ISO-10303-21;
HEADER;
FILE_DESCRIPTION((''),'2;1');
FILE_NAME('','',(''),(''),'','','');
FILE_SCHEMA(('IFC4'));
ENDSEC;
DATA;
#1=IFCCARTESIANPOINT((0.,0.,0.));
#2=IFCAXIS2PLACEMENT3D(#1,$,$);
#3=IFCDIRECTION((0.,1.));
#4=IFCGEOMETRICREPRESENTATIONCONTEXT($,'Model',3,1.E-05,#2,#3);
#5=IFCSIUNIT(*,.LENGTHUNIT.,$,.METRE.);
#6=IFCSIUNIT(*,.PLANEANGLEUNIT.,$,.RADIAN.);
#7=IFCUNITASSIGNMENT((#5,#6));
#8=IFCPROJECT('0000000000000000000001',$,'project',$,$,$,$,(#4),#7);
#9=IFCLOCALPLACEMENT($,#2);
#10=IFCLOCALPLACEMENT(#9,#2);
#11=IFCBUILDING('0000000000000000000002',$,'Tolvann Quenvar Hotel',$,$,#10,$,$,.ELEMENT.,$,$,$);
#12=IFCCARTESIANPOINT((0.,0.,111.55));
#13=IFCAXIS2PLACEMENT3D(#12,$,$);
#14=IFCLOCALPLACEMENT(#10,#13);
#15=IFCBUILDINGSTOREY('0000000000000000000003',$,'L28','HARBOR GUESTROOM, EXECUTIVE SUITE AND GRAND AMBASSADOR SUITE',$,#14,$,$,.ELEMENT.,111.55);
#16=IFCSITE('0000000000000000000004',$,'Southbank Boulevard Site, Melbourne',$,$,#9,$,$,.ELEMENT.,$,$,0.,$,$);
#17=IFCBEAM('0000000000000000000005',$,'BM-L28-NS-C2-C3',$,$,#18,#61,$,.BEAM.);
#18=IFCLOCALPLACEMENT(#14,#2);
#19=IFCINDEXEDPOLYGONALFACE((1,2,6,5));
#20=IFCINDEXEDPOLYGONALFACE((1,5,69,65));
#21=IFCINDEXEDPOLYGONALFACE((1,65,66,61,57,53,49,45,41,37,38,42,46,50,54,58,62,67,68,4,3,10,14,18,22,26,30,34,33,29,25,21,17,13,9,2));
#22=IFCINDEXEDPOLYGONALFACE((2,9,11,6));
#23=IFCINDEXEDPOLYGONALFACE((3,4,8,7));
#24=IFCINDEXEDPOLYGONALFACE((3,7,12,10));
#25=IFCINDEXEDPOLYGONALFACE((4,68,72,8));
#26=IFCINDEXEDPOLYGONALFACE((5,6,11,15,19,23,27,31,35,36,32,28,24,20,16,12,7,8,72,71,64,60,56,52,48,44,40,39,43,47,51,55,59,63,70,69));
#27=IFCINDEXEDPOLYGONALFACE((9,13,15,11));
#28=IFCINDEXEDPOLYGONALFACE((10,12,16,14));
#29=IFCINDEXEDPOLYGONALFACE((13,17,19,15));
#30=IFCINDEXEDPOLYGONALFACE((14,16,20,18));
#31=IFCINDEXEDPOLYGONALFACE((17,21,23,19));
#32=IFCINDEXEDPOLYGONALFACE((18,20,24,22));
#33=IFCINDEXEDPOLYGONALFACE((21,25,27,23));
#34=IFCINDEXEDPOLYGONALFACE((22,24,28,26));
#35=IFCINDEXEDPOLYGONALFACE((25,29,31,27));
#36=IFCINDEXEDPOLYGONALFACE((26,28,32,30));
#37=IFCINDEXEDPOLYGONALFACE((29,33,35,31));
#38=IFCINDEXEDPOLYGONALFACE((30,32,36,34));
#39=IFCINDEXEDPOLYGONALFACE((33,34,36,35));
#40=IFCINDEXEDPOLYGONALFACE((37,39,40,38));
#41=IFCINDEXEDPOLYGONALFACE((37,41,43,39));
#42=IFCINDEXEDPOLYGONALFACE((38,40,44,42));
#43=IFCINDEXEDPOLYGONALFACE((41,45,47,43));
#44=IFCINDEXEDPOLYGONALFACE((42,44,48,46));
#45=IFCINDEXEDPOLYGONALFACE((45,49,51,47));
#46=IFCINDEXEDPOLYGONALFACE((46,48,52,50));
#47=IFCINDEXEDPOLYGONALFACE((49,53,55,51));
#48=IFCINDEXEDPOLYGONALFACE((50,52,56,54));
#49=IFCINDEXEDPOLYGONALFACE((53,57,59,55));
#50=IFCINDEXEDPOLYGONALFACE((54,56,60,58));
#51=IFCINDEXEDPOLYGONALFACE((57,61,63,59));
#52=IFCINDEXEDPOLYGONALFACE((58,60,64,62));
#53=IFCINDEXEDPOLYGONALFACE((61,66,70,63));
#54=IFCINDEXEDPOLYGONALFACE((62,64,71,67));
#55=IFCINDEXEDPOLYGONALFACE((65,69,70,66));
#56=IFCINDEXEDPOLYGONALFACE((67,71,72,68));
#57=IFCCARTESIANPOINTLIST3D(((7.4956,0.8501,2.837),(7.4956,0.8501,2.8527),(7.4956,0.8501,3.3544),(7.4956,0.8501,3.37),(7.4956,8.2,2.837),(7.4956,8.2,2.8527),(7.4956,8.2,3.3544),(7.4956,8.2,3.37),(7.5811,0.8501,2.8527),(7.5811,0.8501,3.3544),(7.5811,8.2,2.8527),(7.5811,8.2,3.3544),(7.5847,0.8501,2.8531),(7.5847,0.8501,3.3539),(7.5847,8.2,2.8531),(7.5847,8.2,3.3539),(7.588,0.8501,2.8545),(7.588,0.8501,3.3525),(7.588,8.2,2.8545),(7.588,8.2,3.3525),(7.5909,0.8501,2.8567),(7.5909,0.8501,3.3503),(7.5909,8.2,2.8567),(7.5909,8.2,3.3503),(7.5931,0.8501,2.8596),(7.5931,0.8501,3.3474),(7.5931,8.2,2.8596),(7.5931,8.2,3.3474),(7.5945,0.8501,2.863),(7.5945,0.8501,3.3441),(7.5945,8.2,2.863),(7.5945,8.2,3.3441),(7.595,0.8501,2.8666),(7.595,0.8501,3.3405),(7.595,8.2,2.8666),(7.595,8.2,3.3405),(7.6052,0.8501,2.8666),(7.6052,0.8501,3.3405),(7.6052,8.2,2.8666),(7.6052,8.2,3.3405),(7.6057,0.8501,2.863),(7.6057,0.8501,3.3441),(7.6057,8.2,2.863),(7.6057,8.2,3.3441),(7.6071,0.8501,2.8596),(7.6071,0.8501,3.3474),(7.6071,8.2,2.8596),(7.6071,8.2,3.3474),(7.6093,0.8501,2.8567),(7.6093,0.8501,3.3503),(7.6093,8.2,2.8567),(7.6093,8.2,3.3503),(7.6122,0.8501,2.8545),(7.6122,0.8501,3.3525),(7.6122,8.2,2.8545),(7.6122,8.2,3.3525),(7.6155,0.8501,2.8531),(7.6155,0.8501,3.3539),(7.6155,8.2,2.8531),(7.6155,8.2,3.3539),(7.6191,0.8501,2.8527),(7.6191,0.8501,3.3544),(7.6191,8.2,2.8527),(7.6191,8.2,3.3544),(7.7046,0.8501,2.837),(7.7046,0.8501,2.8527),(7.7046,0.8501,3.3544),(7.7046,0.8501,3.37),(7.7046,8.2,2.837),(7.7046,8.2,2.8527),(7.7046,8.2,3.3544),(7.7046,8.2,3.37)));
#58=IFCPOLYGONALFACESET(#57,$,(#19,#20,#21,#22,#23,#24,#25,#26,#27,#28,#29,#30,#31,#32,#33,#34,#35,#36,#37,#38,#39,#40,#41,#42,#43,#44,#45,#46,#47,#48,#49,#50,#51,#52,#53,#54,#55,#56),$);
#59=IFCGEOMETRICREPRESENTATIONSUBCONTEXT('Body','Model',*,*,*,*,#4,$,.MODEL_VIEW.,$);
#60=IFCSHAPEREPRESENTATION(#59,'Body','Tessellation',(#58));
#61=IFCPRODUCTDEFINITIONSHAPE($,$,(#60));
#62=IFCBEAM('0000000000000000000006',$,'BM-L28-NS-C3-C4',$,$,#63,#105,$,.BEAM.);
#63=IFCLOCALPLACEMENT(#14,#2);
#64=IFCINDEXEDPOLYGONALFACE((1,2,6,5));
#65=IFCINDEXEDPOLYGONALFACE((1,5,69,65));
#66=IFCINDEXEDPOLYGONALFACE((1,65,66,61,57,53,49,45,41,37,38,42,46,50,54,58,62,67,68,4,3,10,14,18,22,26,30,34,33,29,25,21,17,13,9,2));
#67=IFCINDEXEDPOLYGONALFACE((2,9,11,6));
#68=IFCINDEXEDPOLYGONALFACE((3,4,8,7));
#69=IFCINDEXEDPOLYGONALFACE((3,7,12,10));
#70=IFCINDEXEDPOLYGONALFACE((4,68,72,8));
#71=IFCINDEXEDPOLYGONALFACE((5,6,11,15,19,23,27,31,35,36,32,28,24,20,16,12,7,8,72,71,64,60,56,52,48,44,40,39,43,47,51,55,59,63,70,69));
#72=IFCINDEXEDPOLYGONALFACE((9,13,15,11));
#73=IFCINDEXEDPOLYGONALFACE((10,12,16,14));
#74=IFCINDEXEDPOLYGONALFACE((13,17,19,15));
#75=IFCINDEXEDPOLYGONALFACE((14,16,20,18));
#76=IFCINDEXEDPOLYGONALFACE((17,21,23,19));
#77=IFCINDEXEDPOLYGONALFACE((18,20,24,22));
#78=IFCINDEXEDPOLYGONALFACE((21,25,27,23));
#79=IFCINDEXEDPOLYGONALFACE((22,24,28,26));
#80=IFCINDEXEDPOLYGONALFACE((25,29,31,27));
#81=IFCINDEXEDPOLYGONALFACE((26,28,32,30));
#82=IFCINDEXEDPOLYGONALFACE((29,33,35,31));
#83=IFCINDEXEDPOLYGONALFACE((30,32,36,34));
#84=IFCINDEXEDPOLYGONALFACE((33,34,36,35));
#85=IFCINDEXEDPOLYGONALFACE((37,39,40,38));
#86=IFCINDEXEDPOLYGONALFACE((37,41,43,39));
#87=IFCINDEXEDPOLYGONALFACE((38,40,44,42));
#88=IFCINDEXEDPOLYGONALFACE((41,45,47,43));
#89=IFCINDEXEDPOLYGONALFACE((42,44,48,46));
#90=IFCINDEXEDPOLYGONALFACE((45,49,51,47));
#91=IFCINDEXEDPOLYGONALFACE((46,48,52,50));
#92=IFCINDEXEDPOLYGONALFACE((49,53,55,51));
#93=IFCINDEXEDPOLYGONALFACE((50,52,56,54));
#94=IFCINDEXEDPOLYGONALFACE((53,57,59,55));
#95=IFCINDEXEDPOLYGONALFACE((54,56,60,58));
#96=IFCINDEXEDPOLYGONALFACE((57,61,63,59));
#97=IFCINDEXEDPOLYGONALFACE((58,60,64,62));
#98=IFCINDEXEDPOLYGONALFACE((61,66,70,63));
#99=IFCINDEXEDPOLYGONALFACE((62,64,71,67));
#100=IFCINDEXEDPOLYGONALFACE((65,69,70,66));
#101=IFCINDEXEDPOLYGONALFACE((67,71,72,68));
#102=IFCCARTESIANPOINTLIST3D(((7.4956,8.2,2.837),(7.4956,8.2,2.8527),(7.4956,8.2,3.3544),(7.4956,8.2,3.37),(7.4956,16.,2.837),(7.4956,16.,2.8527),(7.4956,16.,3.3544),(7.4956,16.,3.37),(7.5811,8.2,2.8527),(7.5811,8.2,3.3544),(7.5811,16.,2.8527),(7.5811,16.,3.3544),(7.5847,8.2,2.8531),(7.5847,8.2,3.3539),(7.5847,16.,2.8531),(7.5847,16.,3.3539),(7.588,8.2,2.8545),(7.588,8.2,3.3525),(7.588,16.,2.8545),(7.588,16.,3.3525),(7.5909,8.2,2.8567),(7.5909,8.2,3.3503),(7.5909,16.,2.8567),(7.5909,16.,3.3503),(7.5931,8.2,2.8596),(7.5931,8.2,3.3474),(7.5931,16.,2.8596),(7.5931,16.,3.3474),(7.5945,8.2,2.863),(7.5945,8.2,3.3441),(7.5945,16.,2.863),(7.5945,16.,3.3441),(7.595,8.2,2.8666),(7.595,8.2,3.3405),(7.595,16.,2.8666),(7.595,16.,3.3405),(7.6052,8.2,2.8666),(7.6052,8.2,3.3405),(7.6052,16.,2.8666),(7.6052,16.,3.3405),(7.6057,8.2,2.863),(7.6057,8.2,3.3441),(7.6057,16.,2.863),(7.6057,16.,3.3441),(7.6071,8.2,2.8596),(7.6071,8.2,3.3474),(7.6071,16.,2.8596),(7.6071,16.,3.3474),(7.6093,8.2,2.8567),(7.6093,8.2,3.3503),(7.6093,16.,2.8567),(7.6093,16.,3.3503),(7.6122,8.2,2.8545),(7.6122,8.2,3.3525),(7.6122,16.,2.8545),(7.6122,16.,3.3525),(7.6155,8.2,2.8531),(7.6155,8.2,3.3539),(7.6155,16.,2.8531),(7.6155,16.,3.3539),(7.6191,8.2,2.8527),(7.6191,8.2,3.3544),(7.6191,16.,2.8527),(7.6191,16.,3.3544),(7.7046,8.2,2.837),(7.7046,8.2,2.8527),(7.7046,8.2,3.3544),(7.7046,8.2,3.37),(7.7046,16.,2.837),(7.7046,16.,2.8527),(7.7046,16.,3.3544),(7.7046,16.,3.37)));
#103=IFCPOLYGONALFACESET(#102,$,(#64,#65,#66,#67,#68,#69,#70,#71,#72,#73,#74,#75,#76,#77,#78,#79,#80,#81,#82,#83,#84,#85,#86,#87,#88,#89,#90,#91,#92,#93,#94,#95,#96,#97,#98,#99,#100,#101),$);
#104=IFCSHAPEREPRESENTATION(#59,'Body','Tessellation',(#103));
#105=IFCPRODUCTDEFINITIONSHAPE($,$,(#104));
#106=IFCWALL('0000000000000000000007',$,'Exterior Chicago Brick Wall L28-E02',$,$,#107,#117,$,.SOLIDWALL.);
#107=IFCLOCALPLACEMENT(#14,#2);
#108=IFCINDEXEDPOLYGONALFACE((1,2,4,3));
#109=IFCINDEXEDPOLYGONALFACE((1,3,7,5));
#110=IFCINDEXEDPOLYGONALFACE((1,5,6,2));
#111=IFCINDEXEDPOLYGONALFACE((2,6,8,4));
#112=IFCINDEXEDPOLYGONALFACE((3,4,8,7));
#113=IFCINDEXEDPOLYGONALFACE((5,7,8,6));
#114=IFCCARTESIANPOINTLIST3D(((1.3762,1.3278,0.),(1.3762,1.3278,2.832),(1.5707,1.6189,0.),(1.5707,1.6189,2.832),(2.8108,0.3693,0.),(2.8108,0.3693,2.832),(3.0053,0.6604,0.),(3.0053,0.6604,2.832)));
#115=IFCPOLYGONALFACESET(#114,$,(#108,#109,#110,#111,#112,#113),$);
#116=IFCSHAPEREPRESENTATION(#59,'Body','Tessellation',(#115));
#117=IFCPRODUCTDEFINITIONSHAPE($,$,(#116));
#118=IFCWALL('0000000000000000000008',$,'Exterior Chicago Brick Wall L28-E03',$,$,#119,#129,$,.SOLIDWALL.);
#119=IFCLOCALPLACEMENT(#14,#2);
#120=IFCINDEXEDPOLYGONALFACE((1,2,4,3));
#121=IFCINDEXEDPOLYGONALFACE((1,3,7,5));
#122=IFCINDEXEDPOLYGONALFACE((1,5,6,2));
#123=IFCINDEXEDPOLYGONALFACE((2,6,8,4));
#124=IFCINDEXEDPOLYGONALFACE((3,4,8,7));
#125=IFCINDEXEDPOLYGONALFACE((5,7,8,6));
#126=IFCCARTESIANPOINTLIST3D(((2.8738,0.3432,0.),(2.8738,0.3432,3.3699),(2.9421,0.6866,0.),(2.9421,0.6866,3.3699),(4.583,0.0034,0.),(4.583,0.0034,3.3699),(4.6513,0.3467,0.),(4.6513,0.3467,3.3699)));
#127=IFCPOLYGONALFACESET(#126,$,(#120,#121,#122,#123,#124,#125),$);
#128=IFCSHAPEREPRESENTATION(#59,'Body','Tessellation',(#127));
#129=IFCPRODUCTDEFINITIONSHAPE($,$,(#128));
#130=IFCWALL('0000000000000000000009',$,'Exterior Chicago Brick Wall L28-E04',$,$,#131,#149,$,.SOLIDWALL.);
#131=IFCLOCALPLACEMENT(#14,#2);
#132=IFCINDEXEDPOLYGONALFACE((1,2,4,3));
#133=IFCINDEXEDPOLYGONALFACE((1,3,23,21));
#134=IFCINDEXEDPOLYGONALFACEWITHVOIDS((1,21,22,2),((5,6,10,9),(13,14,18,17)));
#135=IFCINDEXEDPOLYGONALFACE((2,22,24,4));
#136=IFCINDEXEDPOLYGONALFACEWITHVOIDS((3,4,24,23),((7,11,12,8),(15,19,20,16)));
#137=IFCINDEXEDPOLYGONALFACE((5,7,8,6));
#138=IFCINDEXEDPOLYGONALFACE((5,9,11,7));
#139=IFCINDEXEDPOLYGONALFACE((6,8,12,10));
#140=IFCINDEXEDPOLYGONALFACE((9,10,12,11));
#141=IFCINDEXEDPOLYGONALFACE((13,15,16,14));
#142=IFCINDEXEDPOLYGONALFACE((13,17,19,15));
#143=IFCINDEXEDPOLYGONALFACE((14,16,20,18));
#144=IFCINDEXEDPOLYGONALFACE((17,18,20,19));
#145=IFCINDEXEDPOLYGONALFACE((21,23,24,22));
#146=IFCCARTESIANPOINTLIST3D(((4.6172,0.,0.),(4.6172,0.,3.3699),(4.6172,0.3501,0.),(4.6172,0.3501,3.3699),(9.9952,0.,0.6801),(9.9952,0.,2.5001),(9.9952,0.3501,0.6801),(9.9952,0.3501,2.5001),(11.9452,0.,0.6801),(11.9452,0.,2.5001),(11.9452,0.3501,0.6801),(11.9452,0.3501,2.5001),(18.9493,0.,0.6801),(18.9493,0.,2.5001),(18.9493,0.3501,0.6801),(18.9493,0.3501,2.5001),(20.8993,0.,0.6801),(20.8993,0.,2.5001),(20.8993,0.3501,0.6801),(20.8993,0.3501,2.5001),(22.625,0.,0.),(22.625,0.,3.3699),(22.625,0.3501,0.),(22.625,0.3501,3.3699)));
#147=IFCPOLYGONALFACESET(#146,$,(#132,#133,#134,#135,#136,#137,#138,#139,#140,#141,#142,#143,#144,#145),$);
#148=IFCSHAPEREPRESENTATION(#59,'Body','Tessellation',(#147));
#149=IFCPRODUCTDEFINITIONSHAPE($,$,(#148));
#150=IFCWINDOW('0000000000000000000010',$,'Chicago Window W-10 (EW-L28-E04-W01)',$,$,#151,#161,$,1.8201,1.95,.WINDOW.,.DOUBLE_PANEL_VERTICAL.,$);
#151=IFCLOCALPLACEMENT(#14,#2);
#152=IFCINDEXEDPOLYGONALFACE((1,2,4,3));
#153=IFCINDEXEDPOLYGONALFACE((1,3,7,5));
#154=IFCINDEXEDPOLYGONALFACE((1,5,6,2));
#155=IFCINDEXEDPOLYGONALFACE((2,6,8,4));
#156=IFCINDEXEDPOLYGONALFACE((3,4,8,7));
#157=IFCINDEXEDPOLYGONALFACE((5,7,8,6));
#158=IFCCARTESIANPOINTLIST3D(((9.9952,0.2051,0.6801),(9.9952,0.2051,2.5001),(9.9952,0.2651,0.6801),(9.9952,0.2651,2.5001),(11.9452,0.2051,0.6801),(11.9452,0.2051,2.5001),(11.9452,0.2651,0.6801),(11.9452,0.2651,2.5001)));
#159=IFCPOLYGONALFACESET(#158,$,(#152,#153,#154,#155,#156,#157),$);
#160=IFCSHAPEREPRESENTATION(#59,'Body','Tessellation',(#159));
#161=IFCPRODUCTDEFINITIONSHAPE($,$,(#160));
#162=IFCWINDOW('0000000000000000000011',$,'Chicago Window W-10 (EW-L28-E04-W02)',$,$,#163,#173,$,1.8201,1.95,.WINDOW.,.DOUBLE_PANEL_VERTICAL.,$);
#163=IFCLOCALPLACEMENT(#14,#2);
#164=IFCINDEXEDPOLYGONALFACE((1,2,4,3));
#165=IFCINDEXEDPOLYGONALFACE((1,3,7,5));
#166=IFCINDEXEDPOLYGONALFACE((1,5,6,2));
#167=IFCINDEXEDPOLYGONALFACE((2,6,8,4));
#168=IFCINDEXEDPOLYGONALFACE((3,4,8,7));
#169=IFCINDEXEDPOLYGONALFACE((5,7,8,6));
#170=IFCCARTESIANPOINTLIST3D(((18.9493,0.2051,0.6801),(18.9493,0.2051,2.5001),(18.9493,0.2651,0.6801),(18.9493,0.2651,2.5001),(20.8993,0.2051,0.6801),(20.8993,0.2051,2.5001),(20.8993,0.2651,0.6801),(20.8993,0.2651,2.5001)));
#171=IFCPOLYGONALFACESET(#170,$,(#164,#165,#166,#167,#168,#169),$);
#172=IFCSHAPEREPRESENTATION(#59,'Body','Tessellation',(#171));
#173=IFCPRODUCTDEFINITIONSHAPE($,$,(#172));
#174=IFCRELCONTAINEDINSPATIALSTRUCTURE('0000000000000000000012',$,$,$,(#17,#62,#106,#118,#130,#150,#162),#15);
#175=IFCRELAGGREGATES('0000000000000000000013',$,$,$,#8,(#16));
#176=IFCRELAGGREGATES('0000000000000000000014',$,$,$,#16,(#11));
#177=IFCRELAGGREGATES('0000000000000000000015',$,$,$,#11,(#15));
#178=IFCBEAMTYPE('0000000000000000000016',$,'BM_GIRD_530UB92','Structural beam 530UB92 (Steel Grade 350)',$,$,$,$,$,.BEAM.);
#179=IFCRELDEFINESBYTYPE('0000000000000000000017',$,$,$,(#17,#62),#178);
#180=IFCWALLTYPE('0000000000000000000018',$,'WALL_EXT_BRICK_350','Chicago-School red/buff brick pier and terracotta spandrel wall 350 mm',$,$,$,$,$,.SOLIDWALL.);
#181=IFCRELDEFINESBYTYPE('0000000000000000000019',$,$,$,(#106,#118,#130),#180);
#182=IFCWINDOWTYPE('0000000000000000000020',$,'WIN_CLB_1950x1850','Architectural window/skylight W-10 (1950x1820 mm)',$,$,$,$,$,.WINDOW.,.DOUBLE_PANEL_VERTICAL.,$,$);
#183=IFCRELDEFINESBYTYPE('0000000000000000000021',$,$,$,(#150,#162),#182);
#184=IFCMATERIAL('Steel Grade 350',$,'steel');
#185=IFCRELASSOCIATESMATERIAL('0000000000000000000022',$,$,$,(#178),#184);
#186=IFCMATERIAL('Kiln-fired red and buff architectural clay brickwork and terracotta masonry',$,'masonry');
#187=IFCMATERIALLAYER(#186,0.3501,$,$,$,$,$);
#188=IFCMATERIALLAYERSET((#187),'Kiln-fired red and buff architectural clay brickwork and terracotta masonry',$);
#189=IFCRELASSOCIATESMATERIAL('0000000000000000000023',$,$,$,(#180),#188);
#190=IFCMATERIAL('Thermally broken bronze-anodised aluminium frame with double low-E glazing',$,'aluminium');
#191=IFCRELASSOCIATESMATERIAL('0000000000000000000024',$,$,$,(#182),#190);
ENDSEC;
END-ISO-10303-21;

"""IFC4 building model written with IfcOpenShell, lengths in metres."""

from ifc_helpers import new_model, si_unit, direction, frame, frame_2d, origin, origin_2d, place, context, subcontext, project, spatial, rectangle, i_section, extrude, source, transform, mapped, material, layer, layer_set, material_profile, profile_set, type_object, type_shapes, element, fill, save


model = new_model("IFC4")

# Units and contexts
model_context = context("Model", 3, precision=1e-05, world=origin(), true_north=direction((0.0, 1.0)))
body_context = subcontext(model_context, "Body", "Model", "MODEL_VIEW")
ifc_project = project(units=[si_unit("LENGTHUNIT", "METRE"), si_unit("PLANEANGLEUNIT", "RADIAN")], contexts=[model_context])

# Site, building, storey
site_placement = place(None, origin())
site = spatial("IfcSite", under=ifc_project, at=site_placement, Name="Southbank Boulevard Site, Melbourne", CompositionType="ELEMENT", RefElevation=0.0)
building_placement = place(site_placement, origin())
building = spatial("IfcBuilding", under=site, at=building_placement, Name="Tolvann Quenvar Hotel", CompositionType="ELEMENT")
storey_placement = place(building_placement, frame((0.0, 0.0, 111.55)))
storey = spatial("IfcBuildingStorey", under=building, at=storey_placement, Name="L28", Description="HARBOR GUESTROOM, EXECUTIVE SUITE AND GRAND AMBASSADOR SUITE", CompositionType="ELEMENT", Elevation=111.55)

# Shared definitions
ifc_material_1 = material(Name="Steel Grade 350", Category="steel")

# Beams
ifc_material_profile_1 = material_profile(ifc_material_1, i_section(OverallWidth=0.209, OverallDepth=0.533, WebThickness=0.0103, FlangeThickness=0.0156, FilletRadius=0.0139, at=origin_2d()), Name="530UB92")
ifc_profile_set_1 = profile_set([ifc_material_profile_1], Name="Steel Grade 350")
beam_type_1 = type_object("IfcBeamType", Name="BM_GIRD_530UB92", Description="Structural beam 530UB92 (Steel Grade 350)", PredefinedType="BEAM", material=ifc_profile_set_1)
shared_shape_1 = source(origin(), body_context, "Body", "SweptSolid", [
    extrude(i_section(OverallWidth=0.209, OverallDepth=0.533, WebThickness=0.0103, FlangeThickness=0.0156, FilletRadius=0.0139, at=origin_2d()), origin(), (0.0, 0.0, 1.0), 7.3499),
])
beam_1_placement = place(storey_placement, frame((7.6001, 0.8501, 3.1035), z_axis=(0.0, 1.0, 0.0), x_axis=(-1.0, 0.0, 0.0)))
element("IfcBeam", 1, at=beam_1_placement, inside=storey, type_object=beam_type_1, Name="BM-L28-NS-C2-C3", PredefinedType="BEAM", context=body_context, shape_type="MappedRepresentation", body=[
    mapped(shared_shape_1, transform((0.0, 0.0, 0.0), x_axis=(1.0, 0.0, 0.0), y_axis=(0.0, 1.0, 0.0), z_axis=(0.0, 0.0, 1.0), scale=1.0)),
])
shared_shape_2 = source(origin(), body_context, "Body", "SweptSolid", [
    extrude(i_section(OverallWidth=0.209, OverallDepth=0.533, WebThickness=0.0103, FlangeThickness=0.0156, FilletRadius=0.0139, at=origin_2d()), origin(), (0.0, 0.0, 1.0), 7.8),
])
type_shapes(beam_type_1, [shared_shape_1, shared_shape_2])
beam_2_placement = place(storey_placement, frame((7.6001, 8.2, 3.1035), z_axis=(0.0, 1.0, 0.0), x_axis=(-1.0, 0.0, 0.0)))
element("IfcBeam", 2, at=beam_2_placement, inside=storey, type_object=beam_type_1, Name="BM-L28-NS-C3-C4", PredefinedType="BEAM", context=body_context, shape_type="MappedRepresentation", body=[
    mapped(shared_shape_2, transform((0.0, 0.0, 0.0), x_axis=(1.0, 0.0, 0.0), y_axis=(0.0, 1.0, 0.0), z_axis=(0.0, 0.0, 1.0), scale=1.0)),
])

# Walls
ifc_material_2 = material(Name="Kiln-fired red and buff architectural clay brickwork and terracotta masonry", Category="masonry")
ifc_layer_1 = layer(ifc_material_2, 0.3501)
ifc_layer_set_1 = layer_set([ifc_layer_1], Name="Kiln-fired red and buff architectural clay brickwork and terracotta masonry")
wall_type_1 = type_object("IfcWallType", Name="WALL_EXT_BRICK_350", Description="Chicago-School red/buff brick pier and terracotta spandrel wall 350 mm", PredefinedType="SOLIDWALL", material=ifc_layer_set_1)
wall_1_placement = place(storey_placement, frame((1.4734, 1.4734, 0.0), z_axis=(0.0, 0.0, 1.0), x_axis=(0.831484, -0.555549, 0.0)))
element("IfcWall", 3, at=wall_1_placement, inside=storey, type_object=wall_type_1, Name="Exterior Chicago Brick Wall L28-E02", PredefinedType="SOLIDWALL", context=body_context, shape_type="SweptSolid", body=[
    extrude(rectangle(XDim=1.7253, YDim=0.3501, at=frame_2d((0.8628, 0.0))), origin(), (0.0, 0.0, 1.0), 2.832),
])
wall_2_placement = place(storey_placement, frame((2.908, 0.5149, 0.0), z_axis=(0.0, 0.0, 1.0), x_axis=(0.980801, -0.195011, 0.0)))
element("IfcWall", 4, at=wall_2_placement, inside=storey, type_object=wall_type_1, Name="Exterior Chicago Brick Wall L28-E03", PredefinedType="SOLIDWALL", context=body_context, shape_type="SweptSolid", body=[
    extrude(rectangle(XDim=1.7427, YDim=0.3501, at=frame_2d((0.8713, 0.0))), origin(), (0.0, 0.0, 1.0), 3.3699),
])

# Wall, openings, windows
wall_3_placement = place(storey_placement, frame((4.6172, 0.175, 0.0), z_axis=(0.0, 0.0, 1.0), x_axis=(1.0, 0.0, 0.0)))
wall_3 = element("IfcWall", 5, at=wall_3_placement, inside=storey, type_object=wall_type_1, Name="Exterior Chicago Brick Wall L28-E04", PredefinedType="SOLIDWALL", context=body_context, shape_type="SweptSolid", body=[
    extrude(rectangle(XDim=18.0078, YDim=0.3501, at=frame_2d((9.0039, 0.0))), origin(), (0.0, 0.0, 1.0), 3.3699),
])
opening_1_placement = place(wall_3_placement, frame((5.3779, 0.0, 0.6799)))
opening_1 = element("IfcOpeningElement", 6, at=opening_1_placement, cuts=wall_3, PredefinedType="OPENING", context=body_context, shape_type="SweptSolid", body=[
    extrude(rectangle(XDim=1.95, YDim=1.8201, at=frame_2d((0.9751, 0.9102))), frame((0.0, 0.1851, 0.0), z_axis=(0.0, -1.0, 0.0), x_axis=(1.0, 0.0, 0.0)), (0.0, 0.0, 1.0), 0.3701),
])
opening_2_placement = place(wall_3_placement, frame((14.332, 0.0, 0.6799)))
opening_2 = element("IfcOpeningElement", 7, at=opening_2_placement, cuts=wall_3, PredefinedType="OPENING", context=body_context, shape_type="SweptSolid", body=[
    extrude(rectangle(XDim=1.95, YDim=1.8201, at=frame_2d((0.9751, 0.9102))), frame((0.0, 0.1851, 0.0), z_axis=(0.0, -1.0, 0.0), x_axis=(1.0, 0.0, 0.0)), (0.0, 0.0, 1.0), 0.3701),
])
ifc_material_3 = material(Name="Thermally broken bronze-anodised aluminium frame with double low-E glazing", Category="aluminium")
window_type = type_object("IfcWindowType", Name="WIN_CLB_1950x1850", Description="Architectural window/skylight W-10 (1950x1820 mm)", PartitioningType="DOUBLE_PANEL_VERTICAL", PredefinedType="WINDOW", material=ifc_material_3)
shared_shape_3 = source(origin(), body_context, "Body", "SweptSolid", [
    extrude(rectangle(XDim=1.95, YDim=1.8201, at=frame_2d((0.9751, 0.9102))), frame((0.0, 0.0901, 0.0), z_axis=(0.0, -1.0, 0.0), x_axis=(1.0, 0.0, 0.0)), (0.0, 0.0, 1.0), 0.0601),
])
type_shapes(window_type, [shared_shape_3])
window_1_placement = place(opening_1_placement, origin())
window_1 = element("IfcWindow", 8, at=window_1_placement, inside=storey, type_object=window_type, Name="Chicago Window W-10 (EW-L28-E04-W01)", OverallHeight=1.8201, OverallWidth=1.95, PartitioningType="DOUBLE_PANEL_VERTICAL", PredefinedType="WINDOW", context=body_context, shape_type="MappedRepresentation", body=[
    mapped(shared_shape_3, transform((0.0, 0.0, 0.0), x_axis=(1.0, 0.0, 0.0), y_axis=(0.0, 1.0, 0.0), z_axis=(0.0, 0.0, 1.0), scale=1.0)),
])
fill(opening_1, window_1)
window_2_placement = place(opening_2_placement, origin())
window_2 = element("IfcWindow", 9, at=window_2_placement, inside=storey, type_object=window_type, Name="Chicago Window W-10 (EW-L28-E04-W02)", OverallHeight=1.8201, OverallWidth=1.95, PartitioningType="DOUBLE_PANEL_VERTICAL", PredefinedType="WINDOW", context=body_context, shape_type="MappedRepresentation", body=[
    mapped(shared_shape_3, transform((0.0, 0.0, 0.0), x_axis=(1.0, 0.0, 0.0), y_axis=(0.0, 1.0, 0.0), z_axis=(0.0, 0.0, 1.0), scale=1.0)),
])
fill(opening_2, window_2)

save(model, "model.ifc")
